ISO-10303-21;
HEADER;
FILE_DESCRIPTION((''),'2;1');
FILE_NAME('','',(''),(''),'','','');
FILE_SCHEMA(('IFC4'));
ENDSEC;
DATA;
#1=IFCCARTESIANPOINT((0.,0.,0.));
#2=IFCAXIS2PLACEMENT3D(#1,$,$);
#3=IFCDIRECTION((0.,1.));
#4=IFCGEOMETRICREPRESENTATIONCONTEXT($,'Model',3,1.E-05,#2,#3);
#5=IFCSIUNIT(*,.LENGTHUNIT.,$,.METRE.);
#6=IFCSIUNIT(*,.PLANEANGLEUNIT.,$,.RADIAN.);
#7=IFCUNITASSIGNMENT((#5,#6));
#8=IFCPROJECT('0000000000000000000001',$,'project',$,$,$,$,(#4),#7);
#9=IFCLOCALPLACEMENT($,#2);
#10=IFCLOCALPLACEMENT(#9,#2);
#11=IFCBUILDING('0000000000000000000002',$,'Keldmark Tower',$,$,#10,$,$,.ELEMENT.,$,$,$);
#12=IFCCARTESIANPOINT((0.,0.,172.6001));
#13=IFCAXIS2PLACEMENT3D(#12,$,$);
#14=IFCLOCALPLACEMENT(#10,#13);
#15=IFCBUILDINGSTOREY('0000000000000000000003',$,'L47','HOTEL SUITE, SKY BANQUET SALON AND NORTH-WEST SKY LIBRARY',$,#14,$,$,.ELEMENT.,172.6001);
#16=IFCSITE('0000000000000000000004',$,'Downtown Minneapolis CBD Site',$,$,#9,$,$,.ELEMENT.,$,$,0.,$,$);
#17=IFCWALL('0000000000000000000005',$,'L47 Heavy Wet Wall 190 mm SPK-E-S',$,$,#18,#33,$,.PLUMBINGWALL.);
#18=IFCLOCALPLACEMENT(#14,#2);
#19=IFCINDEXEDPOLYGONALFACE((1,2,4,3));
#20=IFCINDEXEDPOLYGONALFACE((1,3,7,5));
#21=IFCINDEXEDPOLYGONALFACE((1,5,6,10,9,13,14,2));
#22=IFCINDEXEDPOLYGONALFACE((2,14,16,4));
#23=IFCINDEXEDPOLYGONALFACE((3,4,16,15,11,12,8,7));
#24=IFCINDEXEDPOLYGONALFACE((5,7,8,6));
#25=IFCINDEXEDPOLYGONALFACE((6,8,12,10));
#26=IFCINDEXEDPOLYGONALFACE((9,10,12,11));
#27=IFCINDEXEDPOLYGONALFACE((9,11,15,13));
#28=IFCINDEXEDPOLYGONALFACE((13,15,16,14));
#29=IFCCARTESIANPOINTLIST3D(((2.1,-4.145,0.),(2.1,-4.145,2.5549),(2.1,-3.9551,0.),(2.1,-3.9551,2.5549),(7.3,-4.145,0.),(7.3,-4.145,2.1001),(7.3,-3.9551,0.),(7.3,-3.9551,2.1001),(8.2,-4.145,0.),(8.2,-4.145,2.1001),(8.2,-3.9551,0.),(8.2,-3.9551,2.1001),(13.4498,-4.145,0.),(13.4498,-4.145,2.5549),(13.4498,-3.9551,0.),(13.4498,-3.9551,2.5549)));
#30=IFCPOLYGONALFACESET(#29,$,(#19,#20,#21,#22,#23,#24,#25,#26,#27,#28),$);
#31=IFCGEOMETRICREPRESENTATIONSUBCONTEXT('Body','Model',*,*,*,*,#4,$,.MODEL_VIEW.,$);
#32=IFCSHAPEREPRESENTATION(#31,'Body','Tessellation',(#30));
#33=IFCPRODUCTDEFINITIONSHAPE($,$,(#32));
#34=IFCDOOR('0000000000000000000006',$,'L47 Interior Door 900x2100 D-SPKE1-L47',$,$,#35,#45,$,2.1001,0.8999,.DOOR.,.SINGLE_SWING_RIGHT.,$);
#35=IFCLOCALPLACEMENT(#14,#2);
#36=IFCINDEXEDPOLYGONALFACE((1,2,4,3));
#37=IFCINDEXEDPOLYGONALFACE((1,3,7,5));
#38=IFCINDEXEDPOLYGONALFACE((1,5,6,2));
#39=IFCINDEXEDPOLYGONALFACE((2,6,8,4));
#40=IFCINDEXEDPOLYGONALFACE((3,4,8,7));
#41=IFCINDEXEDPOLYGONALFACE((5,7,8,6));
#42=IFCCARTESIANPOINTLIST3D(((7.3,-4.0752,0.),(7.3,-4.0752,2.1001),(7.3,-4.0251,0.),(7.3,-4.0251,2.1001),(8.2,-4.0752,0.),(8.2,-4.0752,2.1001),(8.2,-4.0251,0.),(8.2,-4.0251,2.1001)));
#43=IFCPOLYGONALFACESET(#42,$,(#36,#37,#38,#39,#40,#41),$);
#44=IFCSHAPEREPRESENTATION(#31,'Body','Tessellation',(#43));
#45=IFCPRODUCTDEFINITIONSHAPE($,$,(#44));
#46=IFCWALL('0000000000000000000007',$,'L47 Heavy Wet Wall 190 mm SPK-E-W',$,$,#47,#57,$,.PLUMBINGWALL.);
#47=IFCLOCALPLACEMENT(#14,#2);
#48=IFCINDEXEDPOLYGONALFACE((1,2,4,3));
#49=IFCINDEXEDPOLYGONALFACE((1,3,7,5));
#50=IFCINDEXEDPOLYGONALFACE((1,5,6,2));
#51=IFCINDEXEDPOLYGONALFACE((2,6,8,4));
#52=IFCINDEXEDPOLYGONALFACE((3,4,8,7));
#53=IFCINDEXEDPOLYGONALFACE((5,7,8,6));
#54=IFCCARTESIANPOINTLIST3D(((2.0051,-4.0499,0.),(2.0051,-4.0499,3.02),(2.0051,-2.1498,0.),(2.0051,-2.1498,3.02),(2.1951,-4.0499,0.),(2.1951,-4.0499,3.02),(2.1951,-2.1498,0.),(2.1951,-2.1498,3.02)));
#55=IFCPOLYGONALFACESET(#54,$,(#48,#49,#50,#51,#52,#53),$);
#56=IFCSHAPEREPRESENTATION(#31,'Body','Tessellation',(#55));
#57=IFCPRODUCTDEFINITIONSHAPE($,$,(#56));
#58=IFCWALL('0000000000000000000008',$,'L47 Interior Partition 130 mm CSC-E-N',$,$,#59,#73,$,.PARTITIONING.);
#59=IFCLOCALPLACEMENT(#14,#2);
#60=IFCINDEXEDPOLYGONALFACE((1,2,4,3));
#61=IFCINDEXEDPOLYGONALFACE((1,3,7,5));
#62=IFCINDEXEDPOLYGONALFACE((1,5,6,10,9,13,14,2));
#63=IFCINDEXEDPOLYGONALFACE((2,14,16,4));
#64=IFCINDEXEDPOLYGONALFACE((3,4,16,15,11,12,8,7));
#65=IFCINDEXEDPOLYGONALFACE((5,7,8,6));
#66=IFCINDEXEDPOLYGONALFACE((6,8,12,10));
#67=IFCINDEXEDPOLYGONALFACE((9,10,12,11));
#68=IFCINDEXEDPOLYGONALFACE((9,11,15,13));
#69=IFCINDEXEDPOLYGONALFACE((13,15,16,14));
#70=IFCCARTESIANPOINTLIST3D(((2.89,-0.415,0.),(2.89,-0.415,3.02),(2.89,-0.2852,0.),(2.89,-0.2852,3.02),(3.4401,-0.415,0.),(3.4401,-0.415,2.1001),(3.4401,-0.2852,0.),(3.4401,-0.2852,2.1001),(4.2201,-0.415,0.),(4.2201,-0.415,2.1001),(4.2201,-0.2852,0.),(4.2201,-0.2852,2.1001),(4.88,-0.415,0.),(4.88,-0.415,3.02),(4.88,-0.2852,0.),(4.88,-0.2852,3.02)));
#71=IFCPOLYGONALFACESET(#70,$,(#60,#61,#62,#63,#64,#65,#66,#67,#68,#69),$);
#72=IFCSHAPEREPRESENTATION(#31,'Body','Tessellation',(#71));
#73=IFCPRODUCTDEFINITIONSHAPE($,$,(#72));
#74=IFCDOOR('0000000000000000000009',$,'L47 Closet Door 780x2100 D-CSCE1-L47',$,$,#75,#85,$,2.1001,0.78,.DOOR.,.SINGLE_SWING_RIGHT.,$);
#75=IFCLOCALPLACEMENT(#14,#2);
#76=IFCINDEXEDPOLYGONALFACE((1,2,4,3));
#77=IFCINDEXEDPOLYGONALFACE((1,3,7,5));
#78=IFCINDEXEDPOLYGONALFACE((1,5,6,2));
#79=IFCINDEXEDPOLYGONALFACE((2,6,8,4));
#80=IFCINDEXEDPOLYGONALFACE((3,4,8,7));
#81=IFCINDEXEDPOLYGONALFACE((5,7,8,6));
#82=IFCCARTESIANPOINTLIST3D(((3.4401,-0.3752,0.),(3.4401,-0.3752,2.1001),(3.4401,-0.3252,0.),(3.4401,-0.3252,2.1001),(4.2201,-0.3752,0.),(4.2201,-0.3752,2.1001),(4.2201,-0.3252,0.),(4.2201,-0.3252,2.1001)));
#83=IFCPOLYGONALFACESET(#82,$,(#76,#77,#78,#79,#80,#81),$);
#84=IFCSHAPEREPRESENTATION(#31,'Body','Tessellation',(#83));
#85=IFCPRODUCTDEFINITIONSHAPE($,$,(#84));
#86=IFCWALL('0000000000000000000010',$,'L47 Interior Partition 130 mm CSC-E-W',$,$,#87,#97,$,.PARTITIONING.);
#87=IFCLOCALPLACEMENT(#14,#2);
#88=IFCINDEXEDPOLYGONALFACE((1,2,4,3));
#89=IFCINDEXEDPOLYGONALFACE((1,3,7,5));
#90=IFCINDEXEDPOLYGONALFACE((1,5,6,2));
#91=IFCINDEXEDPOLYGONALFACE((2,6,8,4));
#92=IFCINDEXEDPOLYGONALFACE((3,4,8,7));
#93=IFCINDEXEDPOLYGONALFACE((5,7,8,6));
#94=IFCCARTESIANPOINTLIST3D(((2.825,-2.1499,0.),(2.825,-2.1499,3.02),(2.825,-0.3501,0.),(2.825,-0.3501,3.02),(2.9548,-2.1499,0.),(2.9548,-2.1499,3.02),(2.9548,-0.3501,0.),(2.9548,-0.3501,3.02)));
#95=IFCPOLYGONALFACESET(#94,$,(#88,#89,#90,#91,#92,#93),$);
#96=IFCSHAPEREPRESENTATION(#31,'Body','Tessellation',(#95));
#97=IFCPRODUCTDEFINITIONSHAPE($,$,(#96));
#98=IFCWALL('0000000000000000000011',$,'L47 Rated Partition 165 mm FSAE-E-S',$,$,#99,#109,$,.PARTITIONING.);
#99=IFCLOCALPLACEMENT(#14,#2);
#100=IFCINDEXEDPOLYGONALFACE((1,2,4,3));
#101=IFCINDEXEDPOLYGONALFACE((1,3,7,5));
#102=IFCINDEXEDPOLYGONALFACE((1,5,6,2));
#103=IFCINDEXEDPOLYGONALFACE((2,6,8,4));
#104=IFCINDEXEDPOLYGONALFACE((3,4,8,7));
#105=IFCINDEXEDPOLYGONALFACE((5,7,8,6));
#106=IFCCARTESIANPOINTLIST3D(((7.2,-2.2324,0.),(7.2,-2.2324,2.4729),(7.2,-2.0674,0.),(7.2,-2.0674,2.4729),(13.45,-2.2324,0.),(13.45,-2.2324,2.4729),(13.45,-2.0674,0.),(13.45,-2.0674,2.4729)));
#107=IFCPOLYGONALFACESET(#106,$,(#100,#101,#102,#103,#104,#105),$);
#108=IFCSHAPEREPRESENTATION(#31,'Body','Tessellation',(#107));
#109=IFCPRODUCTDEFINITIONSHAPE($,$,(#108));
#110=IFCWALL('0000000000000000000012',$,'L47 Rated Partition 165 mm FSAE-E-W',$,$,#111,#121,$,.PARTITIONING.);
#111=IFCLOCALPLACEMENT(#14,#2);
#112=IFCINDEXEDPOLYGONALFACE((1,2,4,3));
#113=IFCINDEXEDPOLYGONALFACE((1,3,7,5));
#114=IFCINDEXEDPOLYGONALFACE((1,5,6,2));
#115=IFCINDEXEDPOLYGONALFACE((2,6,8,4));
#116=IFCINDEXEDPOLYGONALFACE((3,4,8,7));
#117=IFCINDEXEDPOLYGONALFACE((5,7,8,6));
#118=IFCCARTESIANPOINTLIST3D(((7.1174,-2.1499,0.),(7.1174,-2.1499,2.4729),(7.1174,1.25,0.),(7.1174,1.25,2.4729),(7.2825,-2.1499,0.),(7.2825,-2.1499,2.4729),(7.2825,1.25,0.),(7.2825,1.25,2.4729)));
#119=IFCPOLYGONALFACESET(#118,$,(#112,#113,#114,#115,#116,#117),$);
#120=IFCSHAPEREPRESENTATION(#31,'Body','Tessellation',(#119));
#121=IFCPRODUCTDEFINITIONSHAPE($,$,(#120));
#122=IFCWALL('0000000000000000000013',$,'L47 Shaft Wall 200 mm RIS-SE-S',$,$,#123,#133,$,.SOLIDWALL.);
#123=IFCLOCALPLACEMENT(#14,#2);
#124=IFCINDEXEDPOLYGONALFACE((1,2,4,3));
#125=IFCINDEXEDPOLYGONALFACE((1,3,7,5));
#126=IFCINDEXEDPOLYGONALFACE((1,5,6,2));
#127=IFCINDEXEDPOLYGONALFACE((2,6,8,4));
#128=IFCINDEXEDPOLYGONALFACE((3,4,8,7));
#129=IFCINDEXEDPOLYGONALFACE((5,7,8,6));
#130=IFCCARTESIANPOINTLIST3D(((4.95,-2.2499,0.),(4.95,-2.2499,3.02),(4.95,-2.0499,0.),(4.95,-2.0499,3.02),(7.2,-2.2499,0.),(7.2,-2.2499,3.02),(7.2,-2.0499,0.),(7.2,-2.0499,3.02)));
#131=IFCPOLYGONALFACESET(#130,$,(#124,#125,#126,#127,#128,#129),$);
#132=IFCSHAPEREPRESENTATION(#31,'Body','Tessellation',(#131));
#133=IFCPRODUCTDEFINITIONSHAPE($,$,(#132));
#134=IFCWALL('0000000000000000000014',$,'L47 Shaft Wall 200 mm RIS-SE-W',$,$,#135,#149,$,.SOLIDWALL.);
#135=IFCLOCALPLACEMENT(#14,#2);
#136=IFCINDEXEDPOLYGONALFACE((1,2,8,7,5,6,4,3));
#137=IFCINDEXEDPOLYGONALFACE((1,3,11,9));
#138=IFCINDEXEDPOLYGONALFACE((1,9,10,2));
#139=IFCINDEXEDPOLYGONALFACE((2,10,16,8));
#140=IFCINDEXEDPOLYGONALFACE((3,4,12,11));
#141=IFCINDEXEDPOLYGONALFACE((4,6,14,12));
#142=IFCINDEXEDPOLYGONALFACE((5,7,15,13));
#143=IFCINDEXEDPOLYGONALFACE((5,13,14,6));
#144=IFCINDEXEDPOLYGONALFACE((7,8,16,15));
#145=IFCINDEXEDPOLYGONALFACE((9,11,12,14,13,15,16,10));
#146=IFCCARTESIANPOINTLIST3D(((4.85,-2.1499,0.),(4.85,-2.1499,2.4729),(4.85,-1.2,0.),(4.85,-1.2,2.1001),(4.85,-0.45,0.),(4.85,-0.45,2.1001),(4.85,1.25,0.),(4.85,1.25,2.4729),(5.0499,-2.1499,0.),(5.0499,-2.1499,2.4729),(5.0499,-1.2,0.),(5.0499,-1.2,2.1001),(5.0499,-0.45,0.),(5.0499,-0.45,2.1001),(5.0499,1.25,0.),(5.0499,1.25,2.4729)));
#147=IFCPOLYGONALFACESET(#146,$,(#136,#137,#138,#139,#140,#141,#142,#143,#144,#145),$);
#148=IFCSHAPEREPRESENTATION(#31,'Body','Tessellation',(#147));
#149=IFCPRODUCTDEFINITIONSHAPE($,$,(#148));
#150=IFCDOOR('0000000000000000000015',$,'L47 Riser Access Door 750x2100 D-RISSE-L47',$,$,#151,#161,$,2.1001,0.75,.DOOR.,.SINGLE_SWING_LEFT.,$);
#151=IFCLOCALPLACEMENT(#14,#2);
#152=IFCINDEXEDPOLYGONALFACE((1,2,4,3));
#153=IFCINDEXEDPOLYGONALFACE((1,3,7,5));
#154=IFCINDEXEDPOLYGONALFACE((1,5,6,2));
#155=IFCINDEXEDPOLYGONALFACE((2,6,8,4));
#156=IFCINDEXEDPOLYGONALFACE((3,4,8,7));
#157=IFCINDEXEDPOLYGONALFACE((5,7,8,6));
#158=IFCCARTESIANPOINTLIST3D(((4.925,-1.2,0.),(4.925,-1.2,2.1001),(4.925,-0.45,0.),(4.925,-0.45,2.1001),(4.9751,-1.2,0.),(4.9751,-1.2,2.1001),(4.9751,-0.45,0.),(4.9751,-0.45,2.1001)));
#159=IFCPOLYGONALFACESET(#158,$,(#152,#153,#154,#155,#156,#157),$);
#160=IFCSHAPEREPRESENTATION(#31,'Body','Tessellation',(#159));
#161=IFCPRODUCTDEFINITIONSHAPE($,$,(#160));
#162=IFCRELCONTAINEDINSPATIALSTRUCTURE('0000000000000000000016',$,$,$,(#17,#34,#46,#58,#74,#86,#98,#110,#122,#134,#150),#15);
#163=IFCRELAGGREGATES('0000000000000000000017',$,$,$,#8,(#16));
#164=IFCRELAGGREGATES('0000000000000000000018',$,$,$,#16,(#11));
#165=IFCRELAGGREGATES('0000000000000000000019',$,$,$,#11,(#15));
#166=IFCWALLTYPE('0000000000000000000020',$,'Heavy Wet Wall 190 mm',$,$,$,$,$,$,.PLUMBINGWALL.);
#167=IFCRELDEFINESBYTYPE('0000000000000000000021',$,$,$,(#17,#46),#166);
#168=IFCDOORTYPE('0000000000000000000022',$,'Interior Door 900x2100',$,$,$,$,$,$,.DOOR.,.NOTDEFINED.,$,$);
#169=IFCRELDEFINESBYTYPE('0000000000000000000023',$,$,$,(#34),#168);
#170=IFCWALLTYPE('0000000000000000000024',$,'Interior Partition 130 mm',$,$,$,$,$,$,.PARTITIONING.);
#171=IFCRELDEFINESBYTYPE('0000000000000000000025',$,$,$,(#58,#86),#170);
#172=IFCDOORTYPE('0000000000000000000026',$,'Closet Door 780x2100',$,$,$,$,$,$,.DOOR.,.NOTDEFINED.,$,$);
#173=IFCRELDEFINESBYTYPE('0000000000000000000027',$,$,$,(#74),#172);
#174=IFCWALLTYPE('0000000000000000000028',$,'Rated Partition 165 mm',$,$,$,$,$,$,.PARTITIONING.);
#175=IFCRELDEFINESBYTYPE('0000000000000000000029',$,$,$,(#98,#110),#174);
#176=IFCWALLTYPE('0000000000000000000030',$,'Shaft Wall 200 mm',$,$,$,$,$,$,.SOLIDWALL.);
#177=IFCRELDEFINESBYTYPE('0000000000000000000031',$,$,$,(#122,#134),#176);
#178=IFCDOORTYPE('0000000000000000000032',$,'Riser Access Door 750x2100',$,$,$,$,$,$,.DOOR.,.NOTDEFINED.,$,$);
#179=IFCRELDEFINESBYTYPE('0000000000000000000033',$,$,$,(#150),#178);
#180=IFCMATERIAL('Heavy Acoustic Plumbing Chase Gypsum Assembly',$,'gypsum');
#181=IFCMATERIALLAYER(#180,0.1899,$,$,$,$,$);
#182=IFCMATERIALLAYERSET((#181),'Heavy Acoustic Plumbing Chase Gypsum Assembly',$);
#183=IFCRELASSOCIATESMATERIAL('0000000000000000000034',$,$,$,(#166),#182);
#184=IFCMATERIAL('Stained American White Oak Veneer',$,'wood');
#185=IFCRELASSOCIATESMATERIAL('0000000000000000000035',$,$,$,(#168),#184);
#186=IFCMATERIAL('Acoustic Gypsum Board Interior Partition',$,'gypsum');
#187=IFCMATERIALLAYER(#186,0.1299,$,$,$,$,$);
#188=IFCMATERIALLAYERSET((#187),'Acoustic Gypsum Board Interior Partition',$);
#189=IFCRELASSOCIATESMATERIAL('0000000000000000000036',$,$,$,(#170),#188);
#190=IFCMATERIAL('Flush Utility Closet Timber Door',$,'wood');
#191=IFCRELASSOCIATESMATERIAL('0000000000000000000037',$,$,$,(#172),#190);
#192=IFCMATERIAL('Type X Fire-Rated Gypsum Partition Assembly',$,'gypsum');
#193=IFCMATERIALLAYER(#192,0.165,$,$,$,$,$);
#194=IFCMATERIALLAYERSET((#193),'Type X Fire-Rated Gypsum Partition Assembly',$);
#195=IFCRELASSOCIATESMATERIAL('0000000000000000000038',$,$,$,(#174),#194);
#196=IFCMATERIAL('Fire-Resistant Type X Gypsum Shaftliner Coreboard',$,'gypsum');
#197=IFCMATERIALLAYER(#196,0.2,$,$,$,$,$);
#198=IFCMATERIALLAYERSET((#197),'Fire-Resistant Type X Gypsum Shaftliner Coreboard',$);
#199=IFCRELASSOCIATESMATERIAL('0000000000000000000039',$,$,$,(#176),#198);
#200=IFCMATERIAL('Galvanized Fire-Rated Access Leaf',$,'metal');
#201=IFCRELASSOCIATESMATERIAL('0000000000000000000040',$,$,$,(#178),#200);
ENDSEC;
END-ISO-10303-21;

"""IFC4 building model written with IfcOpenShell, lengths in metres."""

from ifc_helpers import new_model, si_unit, direction, frame, frame_2d, origin, place, context, subcontext, project, spatial, rectangle, extrude, material, layer, layer_set, type_object, element, fill, save


model = new_model("IFC4")

# Units and contexts
model_context = context("Model", 3, precision=1e-05, world=origin(), true_north=direction((0.0, 1.0)))
body_context = subcontext(model_context, "Body", "Model", "MODEL_VIEW")
ifc_project = project(units=[si_unit("LENGTHUNIT", "METRE"), si_unit("PLANEANGLEUNIT", "RADIAN")], contexts=[model_context])

# Site, building, storey
site_placement = place(None, origin())
site = spatial("IfcSite", under=ifc_project, at=site_placement, Name="Downtown Minneapolis CBD Site", CompositionType="ELEMENT", RefElevation=0.0)
building_placement = place(site_placement, origin())
building = spatial("IfcBuilding", under=site, at=building_placement, Name="Keldmark Tower", CompositionType="ELEMENT")
storey_placement = place(building_placement, frame((0.0, 0.0, 172.6001)))
storey = spatial("IfcBuildingStorey", under=building, at=storey_placement, Name="L47", Description="HOTEL SUITE, SKY BANQUET SALON AND NORTH-WEST SKY LIBRARY", CompositionType="ELEMENT", Elevation=172.6001)

# Wall, opening, door
ifc_material_1 = material(Name="Heavy Acoustic Plumbing Chase Gypsum Assembly", Category="gypsum")
ifc_layer_1 = layer(ifc_material_1, 0.1899)
ifc_layer_set_1 = layer_set([ifc_layer_1], Name="Heavy Acoustic Plumbing Chase Gypsum Assembly")
wall_type_1 = type_object("IfcWallType", Name="Heavy Wet Wall 190 mm", PredefinedType="PLUMBINGWALL", material=ifc_layer_set_1)
wall_1_placement = place(storey_placement, frame((2.1001, -4.05, 0.0), z_axis=(0.0, 0.0, 1.0), x_axis=(1.0, 0.0, 0.0)))
wall_1 = element("IfcWall", 1, at=wall_1_placement, inside=storey, type_object=wall_type_1, Name="L47 Heavy Wet Wall 190 mm SPK-E-S", PredefinedType="PLUMBINGWALL", context=body_context, shape_type="SweptSolid", body=[
    extrude(rectangle(XDim=11.3499, YDim=0.1899, at=frame_2d((5.6748, 0.0))), origin(), (0.0, 0.0, 1.0), 2.5549),
])
opening_1_placement = place(wall_1_placement, frame((5.2, 0.0, 0.0)))
opening_1 = element("IfcOpeningElement", 2, at=opening_1_placement, cuts=wall_1, PredefinedType="OPENING", context=body_context, shape_type="SweptSolid", body=[
    extrude(rectangle(XDim=0.8999, YDim=2.1001, at=frame_2d((0.45, 1.05))), frame((0.0, 0.105, 0.0), z_axis=(0.0, -1.0, 0.0), x_axis=(1.0, 0.0, 0.0)), (0.0, 0.0, 1.0), 0.21),
])
ifc_material_2 = material(Name="Stained American White Oak Veneer", Category="wood")
door_type_1 = type_object("IfcDoorType", Name="Interior Door 900x2100", OperationType="NOTDEFINED", PredefinedType="DOOR", material=ifc_material_2)
door_1_placement = place(opening_1_placement, origin())
door_1 = element("IfcDoor", 3, at=door_1_placement, inside=storey, type_object=door_type_1, Name="L47 Interior Door 900x2100 D-SPKE1-L47", OperationType="SINGLE_SWING_RIGHT", OverallHeight=2.1001, OverallWidth=0.8999, PredefinedType="DOOR", context=body_context, shape_type="SweptSolid", body=[
    extrude(rectangle(XDim=0.8999, YDim=2.1001, at=frame_2d((0.45, 1.05))), frame((0.0, 0.0249, 0.0), z_axis=(0.0, -1.0, 0.0), x_axis=(1.0, 0.0, 0.0)), (0.0, 0.0, 1.0), 0.05),
])
fill(opening_1, door_1)

# Wall
wall_2_placement = place(storey_placement, frame((2.1001, -4.05, 0.0), z_axis=(0.0, 0.0, 1.0), x_axis=(0.0, 1.0, 0.0)))
element("IfcWall", 4, at=wall_2_placement, inside=storey, type_object=wall_type_1, Name="L47 Heavy Wet Wall 190 mm SPK-E-W", PredefinedType="PLUMBINGWALL", context=body_context, shape_type="SweptSolid", body=[
    extrude(rectangle(XDim=1.9001, YDim=0.1899, at=frame_2d((0.9502, 0.0))), origin(), (0.0, 0.0, 1.0), 3.02),
])

# Wall, opening, door
ifc_material_3 = material(Name="Acoustic Gypsum Board Interior Partition", Category="gypsum")
ifc_layer_2 = layer(ifc_material_3, 0.1299)
ifc_layer_set_2 = layer_set([ifc_layer_2], Name="Acoustic Gypsum Board Interior Partition")
wall_type_2 = type_object("IfcWallType", Name="Interior Partition 130 mm", PredefinedType="PARTITIONING", material=ifc_layer_set_2)
wall_3_placement = place(storey_placement, frame((2.8899, -0.3501, 0.0), z_axis=(0.0, 0.0, 1.0), x_axis=(1.0, 0.0, 0.0)))
wall_3 = element("IfcWall", 5, at=wall_3_placement, inside=storey, type_object=wall_type_2, Name="L47 Interior Partition 130 mm CSC-E-N", PredefinedType="PARTITIONING", context=body_context, shape_type="SweptSolid", body=[
    extrude(rectangle(XDim=1.99, YDim=0.1299, at=frame_2d((0.9951, 0.0))), origin(), (0.0, 0.0, 1.0), 3.02),
])
opening_2_placement = place(wall_3_placement, frame((0.55, 0.0, 0.0)))
opening_2 = element("IfcOpeningElement", 6, at=opening_2_placement, cuts=wall_3, PredefinedType="OPENING", context=body_context, shape_type="SweptSolid", body=[
    extrude(rectangle(XDim=0.78, YDim=2.1001, at=frame_2d((0.3901, 1.05))), frame((0.0, 0.075, 0.0), z_axis=(0.0, -1.0, 0.0), x_axis=(1.0, 0.0, 0.0)), (0.0, 0.0, 1.0), 0.1499),
])
ifc_material_4 = material(Name="Flush Utility Closet Timber Door", Category="wood")
door_type_2 = type_object("IfcDoorType", Name="Closet Door 780x2100", OperationType="NOTDEFINED", PredefinedType="DOOR", material=ifc_material_4)
door_2_placement = place(opening_2_placement, origin())
door_2 = element("IfcDoor", 7, at=door_2_placement, inside=storey, type_object=door_type_2, Name="L47 Closet Door 780x2100 D-CSCE1-L47", OperationType="SINGLE_SWING_RIGHT", OverallHeight=2.1001, OverallWidth=0.78, PredefinedType="DOOR", context=body_context, shape_type="SweptSolid", body=[
    extrude(rectangle(XDim=0.78, YDim=2.1001, at=frame_2d((0.3901, 1.05))), frame((0.0, 0.0249, 0.0), z_axis=(0.0, -1.0, 0.0), x_axis=(1.0, 0.0, 0.0)), (0.0, 0.0, 1.0), 0.05),
])
fill(opening_2, door_2)

# Walls
wall_4_placement = place(storey_placement, frame((2.8899, -2.1499, 0.0), z_axis=(0.0, 0.0, 1.0), x_axis=(0.0, 1.0, 0.0)))
element("IfcWall", 8, at=wall_4_placement, inside=storey, type_object=wall_type_2, Name="L47 Interior Partition 130 mm CSC-E-W", PredefinedType="PARTITIONING", context=body_context, shape_type="SweptSolid", body=[
    extrude(rectangle(XDim=1.7998, YDim=0.1299, at=frame_2d((0.8999, 0.0))), origin(), (0.0, 0.0, 1.0), 3.02),
])
ifc_material_5 = material(Name="Type X Fire-Rated Gypsum Partition Assembly", Category="gypsum")
ifc_layer_3 = layer(ifc_material_5, 0.165)
ifc_layer_set_3 = layer_set([ifc_layer_3], Name="Type X Fire-Rated Gypsum Partition Assembly")
wall_type_3 = type_object("IfcWallType", Name="Rated Partition 165 mm", PredefinedType="PARTITIONING", material=ifc_layer_set_3)
wall_5_placement = place(storey_placement, frame((7.2, -2.1499, 0.0), z_axis=(0.0, 0.0, 1.0), x_axis=(1.0, 0.0, 0.0)))
element("IfcWall", 9, at=wall_5_placement, inside=storey, type_object=wall_type_3, Name="L47 Rated Partition 165 mm FSAE-E-S", PredefinedType="PARTITIONING", context=body_context, shape_type="SweptSolid", body=[
    extrude(rectangle(XDim=6.25, YDim=0.165, at=frame_2d((3.125, 0.0))), origin(), (0.0, 0.0, 1.0), 2.4729),
])
wall_6_placement = place(storey_placement, frame((7.2, -2.1499, 0.0), z_axis=(0.0, 0.0, 1.0), x_axis=(0.0, 1.0, 0.0)))
element("IfcWall", 10, at=wall_6_placement, inside=storey, type_object=wall_type_3, Name="L47 Rated Partition 165 mm FSAE-E-W", PredefinedType="PARTITIONING", context=body_context, shape_type="SweptSolid", body=[
    extrude(rectangle(XDim=3.3999, YDim=0.165, at=frame_2d((1.7, 0.0))), origin(), (0.0, 0.0, 1.0), 2.4729),
])
ifc_material_6 = material(Name="Fire-Resistant Type X Gypsum Shaftliner Coreboard", Category="gypsum")
ifc_layer_4 = layer(ifc_material_6, 0.2)
ifc_layer_set_4 = layer_set([ifc_layer_4], Name="Fire-Resistant Type X Gypsum Shaftliner Coreboard")
wall_type_4 = type_object("IfcWallType", Name="Shaft Wall 200 mm", PredefinedType="SOLIDWALL", material=ifc_layer_set_4)
wall_7_placement = place(storey_placement, frame((4.95, -2.1499, 0.0), z_axis=(0.0, 0.0, 1.0), x_axis=(1.0, 0.0, 0.0)))
element("IfcWall", 11, at=wall_7_placement, inside=storey, type_object=wall_type_4, Name="L47 Shaft Wall 200 mm RIS-SE-S", PredefinedType="SOLIDWALL", context=body_context, shape_type="SweptSolid", body=[
    extrude(rectangle(XDim=2.25, YDim=0.2, at=frame_2d((1.125, 0.0))), origin(), (0.0, 0.0, 1.0), 3.02),
])

# Wall, opening, door
wall_8_placement = place(storey_placement, frame((4.95, -2.1499, 0.0), z_axis=(0.0, 0.0, 1.0), x_axis=(0.0, 1.0, 0.0)))
wall_8 = element("IfcWall", 12, at=wall_8_placement, inside=storey, type_object=wall_type_4, Name="L47 Shaft Wall 200 mm RIS-SE-W", PredefinedType="SOLIDWALL", context=body_context, shape_type="SweptSolid", body=[
    extrude(rectangle(XDim=3.3999, YDim=0.2, at=frame_2d((1.7, 0.0))), origin(), (0.0, 0.0, 1.0), 2.4729),
])
opening_3_placement = place(wall_8_placement, frame((0.95, 0.0, 0.0)))
opening_3 = element("IfcOpeningElement", 13, at=opening_3_placement, cuts=wall_8, PredefinedType="OPENING", context=body_context, shape_type="SweptSolid", body=[
    extrude(rectangle(XDim=0.75, YDim=2.1001, at=frame_2d((0.375, 1.05))), frame((0.0, 0.1099, 0.0), z_axis=(0.0, -1.0, 0.0), x_axis=(1.0, 0.0, 0.0)), (0.0, 0.0, 1.0), 0.22),
])
ifc_material_7 = material(Name="Galvanized Fire-Rated Access Leaf", Category="metal")
door_type_3 = type_object("IfcDoorType", Name="Riser Access Door 750x2100", OperationType="NOTDEFINED", PredefinedType="DOOR", material=ifc_material_7)
door_3_placement = place(opening_3_placement, origin())
door_3 = element("IfcDoor", 14, at=door_3_placement, inside=storey, type_object=door_type_3, Name="L47 Riser Access Door 750x2100 D-RISSE-L47", OperationType="SINGLE_SWING_LEFT", OverallHeight=2.1001, OverallWidth=0.75, PredefinedType="DOOR", context=body_context, shape_type="SweptSolid", body=[
    extrude(rectangle(XDim=0.75, YDim=2.1001, at=frame_2d((0.375, 1.05))), frame((0.0, 0.0249, 0.0), z_axis=(0.0, -1.0, 0.0), x_axis=(1.0, 0.0, 0.0)), (0.0, 0.0, 1.0), 0.05),
])
fill(opening_3, door_3)

save(model, "model.ifc")
